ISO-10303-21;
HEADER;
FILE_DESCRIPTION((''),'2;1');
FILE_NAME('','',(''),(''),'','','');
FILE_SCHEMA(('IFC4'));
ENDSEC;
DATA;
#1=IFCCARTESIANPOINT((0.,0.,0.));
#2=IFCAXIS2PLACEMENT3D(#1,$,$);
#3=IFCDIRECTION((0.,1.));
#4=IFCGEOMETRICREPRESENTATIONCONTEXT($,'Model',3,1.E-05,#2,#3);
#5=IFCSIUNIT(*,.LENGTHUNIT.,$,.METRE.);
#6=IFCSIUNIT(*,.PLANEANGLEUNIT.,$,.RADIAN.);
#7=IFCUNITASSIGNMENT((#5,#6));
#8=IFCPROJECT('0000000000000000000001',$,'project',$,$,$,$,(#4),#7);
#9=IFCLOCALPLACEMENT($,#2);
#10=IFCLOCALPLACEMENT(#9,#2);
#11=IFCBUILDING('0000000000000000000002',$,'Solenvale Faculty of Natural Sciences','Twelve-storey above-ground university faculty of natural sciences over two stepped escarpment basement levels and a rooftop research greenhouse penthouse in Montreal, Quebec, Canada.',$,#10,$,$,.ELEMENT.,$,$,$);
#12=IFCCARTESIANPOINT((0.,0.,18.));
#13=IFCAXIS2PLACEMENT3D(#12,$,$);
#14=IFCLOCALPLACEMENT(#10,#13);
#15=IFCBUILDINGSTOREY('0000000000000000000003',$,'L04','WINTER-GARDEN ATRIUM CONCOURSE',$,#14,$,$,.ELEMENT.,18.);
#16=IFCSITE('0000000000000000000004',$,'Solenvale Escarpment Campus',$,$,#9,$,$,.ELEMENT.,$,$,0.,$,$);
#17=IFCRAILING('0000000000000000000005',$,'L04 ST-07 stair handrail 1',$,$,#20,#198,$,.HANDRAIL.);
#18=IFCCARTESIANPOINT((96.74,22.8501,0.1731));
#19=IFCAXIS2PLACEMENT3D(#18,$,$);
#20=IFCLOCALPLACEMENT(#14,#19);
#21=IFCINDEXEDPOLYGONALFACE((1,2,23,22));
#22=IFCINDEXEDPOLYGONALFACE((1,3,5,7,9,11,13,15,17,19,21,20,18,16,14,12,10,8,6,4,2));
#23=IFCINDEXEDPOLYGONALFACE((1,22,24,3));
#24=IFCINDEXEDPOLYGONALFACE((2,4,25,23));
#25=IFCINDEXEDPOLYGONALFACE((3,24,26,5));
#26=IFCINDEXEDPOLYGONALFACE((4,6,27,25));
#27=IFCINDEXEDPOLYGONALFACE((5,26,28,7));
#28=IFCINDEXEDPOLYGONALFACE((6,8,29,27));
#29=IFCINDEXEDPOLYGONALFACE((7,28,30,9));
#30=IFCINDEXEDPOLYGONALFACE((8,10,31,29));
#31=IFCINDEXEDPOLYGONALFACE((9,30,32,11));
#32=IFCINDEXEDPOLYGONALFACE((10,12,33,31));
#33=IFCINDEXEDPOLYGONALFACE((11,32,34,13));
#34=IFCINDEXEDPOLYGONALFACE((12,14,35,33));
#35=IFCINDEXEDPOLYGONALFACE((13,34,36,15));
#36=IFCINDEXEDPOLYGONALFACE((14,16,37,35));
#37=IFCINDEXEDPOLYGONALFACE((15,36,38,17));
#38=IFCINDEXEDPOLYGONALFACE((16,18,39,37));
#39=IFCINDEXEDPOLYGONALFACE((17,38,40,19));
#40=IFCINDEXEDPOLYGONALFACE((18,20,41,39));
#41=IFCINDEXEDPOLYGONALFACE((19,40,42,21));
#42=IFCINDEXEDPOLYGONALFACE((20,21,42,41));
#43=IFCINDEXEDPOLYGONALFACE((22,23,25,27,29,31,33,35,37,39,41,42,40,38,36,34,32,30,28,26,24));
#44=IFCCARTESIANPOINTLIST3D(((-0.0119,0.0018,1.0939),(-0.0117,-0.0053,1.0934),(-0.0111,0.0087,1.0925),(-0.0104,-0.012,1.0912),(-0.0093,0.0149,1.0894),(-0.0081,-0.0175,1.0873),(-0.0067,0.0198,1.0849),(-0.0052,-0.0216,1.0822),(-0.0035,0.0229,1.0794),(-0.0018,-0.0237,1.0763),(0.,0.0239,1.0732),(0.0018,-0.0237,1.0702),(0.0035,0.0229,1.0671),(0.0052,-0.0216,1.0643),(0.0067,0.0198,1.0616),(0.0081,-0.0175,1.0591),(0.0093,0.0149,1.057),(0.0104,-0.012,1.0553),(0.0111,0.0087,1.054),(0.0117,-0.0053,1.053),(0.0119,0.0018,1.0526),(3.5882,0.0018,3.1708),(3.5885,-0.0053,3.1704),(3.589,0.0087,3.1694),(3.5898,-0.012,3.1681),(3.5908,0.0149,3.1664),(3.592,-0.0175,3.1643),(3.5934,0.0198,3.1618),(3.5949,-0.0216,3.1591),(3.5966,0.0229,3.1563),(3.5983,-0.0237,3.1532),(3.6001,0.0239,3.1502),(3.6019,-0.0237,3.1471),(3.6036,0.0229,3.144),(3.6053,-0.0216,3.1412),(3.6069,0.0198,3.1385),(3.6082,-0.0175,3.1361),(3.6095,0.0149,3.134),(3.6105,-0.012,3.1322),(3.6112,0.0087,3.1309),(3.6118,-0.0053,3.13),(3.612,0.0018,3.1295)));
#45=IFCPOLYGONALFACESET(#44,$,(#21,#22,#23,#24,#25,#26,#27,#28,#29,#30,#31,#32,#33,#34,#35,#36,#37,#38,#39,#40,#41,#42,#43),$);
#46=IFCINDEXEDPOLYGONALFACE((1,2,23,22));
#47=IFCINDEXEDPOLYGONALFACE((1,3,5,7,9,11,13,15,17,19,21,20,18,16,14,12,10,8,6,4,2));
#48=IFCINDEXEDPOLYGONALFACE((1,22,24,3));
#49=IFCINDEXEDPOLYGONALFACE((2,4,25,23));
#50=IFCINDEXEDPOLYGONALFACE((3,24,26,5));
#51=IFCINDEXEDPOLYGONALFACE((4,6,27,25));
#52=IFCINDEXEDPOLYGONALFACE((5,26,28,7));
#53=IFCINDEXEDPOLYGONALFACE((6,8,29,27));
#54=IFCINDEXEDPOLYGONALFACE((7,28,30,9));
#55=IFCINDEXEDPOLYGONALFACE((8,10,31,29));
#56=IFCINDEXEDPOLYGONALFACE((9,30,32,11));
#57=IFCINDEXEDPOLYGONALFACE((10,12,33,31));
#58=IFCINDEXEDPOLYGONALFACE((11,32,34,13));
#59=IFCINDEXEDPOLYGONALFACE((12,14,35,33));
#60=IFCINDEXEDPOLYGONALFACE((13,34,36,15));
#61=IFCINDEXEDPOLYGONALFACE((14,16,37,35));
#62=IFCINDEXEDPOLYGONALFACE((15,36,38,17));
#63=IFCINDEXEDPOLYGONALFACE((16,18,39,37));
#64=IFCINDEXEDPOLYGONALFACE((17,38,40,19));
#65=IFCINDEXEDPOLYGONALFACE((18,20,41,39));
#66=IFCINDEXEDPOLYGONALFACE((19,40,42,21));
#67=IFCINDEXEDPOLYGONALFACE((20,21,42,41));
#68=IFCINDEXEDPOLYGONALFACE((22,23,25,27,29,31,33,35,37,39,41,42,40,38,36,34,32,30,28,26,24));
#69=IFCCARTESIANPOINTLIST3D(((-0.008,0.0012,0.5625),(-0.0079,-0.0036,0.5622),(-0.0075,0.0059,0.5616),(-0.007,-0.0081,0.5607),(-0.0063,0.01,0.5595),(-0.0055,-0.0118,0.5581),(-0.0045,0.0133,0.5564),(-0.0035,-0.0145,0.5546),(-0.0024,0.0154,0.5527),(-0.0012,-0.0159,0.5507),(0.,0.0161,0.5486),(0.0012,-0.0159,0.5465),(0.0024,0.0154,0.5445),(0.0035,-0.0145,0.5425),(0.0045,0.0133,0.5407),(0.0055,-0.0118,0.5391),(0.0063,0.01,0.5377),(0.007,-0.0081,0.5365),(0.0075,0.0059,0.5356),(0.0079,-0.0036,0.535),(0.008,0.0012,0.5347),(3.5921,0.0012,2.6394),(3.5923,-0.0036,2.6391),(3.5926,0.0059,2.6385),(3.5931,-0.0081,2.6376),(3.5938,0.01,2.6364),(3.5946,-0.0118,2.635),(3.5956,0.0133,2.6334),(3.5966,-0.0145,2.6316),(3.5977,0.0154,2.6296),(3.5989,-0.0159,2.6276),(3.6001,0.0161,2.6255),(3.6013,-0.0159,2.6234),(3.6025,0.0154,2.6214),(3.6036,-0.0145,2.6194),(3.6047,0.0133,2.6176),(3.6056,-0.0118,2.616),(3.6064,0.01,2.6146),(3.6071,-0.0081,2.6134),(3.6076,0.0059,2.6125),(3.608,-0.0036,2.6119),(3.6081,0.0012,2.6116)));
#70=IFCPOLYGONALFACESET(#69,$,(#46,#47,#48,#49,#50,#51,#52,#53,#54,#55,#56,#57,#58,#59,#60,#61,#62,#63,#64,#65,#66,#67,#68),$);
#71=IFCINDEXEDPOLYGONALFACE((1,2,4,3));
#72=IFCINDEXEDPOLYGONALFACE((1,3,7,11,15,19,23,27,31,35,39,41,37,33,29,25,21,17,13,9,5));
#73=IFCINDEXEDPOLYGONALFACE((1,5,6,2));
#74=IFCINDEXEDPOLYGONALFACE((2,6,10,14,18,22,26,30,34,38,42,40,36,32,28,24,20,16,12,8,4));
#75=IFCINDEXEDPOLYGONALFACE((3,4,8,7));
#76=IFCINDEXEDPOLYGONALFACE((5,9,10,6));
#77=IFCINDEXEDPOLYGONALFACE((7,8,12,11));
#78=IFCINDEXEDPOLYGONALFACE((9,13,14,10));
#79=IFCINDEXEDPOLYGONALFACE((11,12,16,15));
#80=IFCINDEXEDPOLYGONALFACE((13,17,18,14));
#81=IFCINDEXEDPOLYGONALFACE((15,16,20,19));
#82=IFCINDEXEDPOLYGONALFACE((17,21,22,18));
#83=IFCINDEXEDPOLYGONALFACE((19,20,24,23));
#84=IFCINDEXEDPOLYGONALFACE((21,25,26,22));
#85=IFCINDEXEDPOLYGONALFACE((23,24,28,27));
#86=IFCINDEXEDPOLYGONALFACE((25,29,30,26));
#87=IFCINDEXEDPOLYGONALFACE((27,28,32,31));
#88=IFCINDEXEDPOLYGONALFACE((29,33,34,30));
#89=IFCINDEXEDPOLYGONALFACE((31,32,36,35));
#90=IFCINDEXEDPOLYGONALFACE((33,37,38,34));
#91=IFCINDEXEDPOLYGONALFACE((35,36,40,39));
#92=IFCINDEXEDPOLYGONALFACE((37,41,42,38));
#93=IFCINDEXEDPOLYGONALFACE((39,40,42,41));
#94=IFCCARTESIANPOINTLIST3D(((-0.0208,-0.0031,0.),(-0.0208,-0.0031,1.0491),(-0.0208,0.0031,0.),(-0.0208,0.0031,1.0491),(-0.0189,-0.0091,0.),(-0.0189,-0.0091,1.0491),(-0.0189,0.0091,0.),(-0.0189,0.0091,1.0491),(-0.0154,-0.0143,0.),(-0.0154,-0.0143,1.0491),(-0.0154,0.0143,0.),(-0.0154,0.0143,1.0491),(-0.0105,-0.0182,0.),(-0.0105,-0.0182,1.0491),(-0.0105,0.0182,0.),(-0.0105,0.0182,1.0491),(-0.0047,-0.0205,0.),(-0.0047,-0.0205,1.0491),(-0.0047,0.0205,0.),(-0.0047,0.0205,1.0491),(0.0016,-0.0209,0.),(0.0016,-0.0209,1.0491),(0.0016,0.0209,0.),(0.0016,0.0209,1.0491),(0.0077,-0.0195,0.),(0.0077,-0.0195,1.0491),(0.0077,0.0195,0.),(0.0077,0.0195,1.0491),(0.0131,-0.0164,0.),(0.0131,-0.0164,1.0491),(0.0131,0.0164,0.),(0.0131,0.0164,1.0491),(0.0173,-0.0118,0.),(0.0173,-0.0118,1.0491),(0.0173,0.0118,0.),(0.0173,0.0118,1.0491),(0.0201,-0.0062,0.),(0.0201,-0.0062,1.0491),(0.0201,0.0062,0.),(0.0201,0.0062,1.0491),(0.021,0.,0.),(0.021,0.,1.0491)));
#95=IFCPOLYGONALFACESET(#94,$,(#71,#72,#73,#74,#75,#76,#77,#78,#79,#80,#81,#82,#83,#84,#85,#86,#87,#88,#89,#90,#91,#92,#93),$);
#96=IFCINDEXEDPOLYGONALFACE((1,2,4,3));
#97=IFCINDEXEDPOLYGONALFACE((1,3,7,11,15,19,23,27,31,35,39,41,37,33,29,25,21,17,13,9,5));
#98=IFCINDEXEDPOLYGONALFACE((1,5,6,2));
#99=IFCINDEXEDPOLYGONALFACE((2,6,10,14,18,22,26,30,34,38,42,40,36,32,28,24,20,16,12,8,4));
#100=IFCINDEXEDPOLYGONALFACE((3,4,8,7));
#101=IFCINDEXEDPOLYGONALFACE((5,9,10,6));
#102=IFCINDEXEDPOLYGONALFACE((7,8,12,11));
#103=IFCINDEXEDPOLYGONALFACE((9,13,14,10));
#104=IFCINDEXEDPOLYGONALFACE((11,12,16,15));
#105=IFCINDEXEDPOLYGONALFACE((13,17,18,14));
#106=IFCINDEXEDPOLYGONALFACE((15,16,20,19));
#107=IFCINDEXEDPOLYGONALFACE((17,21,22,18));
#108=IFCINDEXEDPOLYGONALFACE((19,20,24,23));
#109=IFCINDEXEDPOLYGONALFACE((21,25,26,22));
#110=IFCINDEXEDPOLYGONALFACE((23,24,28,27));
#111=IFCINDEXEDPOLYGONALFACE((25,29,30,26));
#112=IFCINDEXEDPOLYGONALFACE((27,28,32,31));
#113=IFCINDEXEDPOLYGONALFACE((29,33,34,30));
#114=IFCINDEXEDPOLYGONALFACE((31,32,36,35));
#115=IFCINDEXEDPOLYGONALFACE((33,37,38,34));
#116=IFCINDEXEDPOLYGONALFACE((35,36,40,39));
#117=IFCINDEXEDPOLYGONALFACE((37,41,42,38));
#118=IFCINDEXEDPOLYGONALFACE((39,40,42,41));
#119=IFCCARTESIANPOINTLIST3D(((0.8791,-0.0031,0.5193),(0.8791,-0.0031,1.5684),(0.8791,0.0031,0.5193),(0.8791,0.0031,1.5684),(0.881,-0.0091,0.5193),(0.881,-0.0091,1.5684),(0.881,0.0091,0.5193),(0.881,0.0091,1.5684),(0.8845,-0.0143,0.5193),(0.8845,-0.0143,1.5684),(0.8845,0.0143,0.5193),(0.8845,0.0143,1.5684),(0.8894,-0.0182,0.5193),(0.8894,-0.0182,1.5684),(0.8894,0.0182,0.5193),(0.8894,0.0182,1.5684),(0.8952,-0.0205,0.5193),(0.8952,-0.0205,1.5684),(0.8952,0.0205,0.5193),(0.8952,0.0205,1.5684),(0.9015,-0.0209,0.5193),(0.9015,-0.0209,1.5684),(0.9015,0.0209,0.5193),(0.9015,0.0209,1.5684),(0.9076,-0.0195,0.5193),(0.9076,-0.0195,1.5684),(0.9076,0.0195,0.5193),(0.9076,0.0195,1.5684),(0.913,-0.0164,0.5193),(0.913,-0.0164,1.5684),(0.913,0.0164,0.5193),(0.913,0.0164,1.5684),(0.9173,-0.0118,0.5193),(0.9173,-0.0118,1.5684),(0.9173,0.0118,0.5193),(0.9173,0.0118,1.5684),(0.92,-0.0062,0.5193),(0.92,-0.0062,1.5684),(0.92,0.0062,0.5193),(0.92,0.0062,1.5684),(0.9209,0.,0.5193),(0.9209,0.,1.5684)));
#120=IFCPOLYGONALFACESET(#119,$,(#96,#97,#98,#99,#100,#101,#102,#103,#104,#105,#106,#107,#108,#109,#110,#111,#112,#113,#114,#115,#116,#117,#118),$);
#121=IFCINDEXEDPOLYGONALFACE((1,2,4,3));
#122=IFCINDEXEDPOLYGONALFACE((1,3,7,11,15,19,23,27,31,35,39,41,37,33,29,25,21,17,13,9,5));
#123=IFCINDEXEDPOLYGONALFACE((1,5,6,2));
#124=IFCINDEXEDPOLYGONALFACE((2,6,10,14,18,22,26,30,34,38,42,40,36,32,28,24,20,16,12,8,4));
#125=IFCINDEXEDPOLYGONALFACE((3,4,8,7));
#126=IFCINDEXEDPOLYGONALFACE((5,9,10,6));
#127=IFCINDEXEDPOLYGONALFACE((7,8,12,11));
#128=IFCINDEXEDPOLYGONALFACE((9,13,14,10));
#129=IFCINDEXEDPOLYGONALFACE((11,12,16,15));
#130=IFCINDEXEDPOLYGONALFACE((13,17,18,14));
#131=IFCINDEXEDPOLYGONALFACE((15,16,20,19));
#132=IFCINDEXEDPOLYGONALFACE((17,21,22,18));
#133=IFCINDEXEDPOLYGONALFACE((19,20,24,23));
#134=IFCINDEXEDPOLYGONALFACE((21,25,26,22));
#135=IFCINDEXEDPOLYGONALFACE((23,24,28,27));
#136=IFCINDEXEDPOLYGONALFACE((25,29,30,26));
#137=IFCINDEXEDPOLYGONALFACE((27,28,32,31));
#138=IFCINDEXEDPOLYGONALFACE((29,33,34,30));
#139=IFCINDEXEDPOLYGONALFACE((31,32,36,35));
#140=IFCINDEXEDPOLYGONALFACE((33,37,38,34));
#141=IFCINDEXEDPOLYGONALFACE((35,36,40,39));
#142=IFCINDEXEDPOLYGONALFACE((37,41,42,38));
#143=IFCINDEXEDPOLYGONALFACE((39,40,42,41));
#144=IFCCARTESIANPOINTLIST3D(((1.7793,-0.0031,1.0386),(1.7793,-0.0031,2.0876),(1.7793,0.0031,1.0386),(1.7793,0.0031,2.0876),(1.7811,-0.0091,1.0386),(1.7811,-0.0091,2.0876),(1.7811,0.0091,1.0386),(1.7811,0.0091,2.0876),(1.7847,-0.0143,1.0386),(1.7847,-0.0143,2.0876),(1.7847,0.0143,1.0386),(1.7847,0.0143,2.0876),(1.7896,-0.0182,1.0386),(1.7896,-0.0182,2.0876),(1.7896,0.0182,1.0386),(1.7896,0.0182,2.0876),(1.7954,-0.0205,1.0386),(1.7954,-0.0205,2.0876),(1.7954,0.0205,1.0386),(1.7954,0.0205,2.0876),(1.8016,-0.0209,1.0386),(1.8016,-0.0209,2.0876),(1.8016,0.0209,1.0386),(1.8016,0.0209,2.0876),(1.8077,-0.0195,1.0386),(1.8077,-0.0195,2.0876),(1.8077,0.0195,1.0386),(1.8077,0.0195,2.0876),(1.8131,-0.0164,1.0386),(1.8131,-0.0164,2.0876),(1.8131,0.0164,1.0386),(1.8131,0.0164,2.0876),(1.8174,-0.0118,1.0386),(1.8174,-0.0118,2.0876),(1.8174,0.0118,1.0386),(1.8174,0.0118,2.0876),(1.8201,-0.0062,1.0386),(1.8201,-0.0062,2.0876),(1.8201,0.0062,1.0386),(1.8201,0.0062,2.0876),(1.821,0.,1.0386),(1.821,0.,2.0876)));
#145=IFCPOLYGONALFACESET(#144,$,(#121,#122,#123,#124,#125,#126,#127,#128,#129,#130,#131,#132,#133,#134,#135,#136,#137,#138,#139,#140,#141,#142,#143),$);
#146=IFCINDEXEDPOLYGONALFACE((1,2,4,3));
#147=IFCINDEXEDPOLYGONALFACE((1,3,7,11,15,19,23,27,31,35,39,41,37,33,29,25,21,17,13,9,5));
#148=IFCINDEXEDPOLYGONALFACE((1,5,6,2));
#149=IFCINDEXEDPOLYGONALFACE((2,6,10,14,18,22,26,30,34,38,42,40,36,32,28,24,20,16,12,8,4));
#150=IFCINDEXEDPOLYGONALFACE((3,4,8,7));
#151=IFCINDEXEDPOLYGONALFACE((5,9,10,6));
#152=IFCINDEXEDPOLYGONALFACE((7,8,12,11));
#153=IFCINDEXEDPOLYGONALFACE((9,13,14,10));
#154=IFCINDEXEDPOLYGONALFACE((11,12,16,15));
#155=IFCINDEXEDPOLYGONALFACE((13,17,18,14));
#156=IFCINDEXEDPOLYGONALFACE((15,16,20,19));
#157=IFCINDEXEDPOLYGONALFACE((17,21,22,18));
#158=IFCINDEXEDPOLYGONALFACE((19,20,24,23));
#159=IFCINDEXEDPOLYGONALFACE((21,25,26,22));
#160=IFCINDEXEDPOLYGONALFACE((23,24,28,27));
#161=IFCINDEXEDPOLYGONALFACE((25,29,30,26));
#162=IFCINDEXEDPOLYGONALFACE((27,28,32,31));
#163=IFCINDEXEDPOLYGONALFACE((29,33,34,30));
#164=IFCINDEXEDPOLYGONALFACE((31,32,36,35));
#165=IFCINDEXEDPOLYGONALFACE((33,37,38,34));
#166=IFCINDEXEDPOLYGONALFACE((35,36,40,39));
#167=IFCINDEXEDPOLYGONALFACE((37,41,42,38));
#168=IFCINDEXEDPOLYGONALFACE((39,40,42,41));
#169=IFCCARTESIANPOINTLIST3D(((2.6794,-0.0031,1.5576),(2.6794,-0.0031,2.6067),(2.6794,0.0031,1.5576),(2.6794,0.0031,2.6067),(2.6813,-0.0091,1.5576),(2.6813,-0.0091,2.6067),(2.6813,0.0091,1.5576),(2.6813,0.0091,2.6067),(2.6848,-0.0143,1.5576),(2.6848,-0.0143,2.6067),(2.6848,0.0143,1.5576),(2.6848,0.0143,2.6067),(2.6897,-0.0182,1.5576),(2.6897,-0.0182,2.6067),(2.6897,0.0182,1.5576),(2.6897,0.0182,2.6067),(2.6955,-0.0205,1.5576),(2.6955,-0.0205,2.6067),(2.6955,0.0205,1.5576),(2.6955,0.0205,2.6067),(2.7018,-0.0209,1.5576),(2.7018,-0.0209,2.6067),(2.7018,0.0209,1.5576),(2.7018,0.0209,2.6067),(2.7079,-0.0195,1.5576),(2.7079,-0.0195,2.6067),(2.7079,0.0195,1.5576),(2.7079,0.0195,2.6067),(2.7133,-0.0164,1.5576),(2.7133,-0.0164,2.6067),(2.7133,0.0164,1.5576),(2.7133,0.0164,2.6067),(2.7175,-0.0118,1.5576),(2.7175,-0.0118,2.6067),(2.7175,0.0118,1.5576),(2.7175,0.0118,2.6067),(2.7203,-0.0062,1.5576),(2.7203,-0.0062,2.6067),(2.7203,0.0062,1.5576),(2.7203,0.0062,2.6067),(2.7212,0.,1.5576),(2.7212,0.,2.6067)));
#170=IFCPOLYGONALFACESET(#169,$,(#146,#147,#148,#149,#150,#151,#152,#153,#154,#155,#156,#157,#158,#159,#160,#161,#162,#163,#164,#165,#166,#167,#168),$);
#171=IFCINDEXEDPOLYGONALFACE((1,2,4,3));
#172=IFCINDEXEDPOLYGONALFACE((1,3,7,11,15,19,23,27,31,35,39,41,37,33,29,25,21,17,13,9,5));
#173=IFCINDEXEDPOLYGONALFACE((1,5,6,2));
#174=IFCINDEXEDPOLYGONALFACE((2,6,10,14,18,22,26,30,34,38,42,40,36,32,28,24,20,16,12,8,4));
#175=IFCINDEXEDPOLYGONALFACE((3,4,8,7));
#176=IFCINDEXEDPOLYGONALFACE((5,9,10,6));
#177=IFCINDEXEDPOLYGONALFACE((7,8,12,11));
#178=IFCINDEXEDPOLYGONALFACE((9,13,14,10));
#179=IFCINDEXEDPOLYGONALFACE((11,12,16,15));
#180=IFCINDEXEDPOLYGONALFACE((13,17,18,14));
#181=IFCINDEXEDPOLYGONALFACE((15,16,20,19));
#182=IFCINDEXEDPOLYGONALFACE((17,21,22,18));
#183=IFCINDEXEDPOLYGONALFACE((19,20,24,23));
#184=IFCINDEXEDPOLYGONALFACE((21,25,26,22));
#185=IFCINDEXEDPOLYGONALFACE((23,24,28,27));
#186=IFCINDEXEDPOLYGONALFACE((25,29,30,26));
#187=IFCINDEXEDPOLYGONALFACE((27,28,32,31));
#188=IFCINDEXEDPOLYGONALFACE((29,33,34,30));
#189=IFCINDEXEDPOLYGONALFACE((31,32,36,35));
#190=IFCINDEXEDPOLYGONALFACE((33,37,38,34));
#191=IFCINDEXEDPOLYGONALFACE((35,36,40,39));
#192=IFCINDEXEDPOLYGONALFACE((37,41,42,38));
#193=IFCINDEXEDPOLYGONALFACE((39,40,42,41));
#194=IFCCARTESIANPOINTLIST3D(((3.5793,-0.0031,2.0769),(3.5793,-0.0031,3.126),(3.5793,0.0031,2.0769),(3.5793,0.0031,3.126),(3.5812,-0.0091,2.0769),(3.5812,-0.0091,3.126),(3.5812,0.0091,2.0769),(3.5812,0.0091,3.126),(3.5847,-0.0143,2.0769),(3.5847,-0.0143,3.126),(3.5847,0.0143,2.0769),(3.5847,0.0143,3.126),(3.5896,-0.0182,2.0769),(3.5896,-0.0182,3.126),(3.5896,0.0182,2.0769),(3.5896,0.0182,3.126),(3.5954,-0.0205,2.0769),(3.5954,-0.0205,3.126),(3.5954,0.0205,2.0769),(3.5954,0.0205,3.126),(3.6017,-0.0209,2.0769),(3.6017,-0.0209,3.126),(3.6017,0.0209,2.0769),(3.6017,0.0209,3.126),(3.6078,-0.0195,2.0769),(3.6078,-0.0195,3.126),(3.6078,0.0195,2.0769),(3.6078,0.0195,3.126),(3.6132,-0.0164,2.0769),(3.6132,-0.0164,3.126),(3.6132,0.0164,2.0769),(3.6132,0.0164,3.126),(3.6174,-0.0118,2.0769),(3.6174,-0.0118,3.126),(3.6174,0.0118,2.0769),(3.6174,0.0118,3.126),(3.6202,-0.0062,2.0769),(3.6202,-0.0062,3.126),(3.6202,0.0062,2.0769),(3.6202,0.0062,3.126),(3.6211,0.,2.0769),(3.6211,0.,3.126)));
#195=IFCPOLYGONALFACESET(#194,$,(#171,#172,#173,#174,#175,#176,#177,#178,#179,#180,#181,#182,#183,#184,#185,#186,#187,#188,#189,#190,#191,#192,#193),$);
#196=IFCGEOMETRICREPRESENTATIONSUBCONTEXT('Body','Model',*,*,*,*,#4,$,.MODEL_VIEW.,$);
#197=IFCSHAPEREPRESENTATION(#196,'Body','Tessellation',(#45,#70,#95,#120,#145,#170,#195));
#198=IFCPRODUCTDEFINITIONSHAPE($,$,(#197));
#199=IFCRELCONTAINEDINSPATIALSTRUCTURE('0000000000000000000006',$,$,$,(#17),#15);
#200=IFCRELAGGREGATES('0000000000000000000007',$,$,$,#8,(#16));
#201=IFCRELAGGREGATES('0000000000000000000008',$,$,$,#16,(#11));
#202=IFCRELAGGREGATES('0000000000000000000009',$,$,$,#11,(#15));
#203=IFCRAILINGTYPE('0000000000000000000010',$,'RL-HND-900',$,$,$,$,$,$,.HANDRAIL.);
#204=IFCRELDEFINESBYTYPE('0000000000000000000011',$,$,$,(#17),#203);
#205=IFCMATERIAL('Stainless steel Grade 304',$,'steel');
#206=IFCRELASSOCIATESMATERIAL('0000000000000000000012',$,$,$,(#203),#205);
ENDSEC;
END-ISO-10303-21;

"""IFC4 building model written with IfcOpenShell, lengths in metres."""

from ifc_helpers import new_model, si_unit, direction, frame, origin, origin_2d, place, context, subcontext, project, spatial, circle, extrude, material, type_object, element, save


model = new_model("IFC4")

# Units and contexts
model_context = context("Model", 3, precision=1e-05, world=origin(), true_north=direction((0.0, 1.0)))
body_context = subcontext(model_context, "Body", "Model", "MODEL_VIEW")
ifc_project = project(units=[si_unit("LENGTHUNIT", "METRE"), si_unit("PLANEANGLEUNIT", "RADIAN")], contexts=[model_context])

# Site, building, storey
site_placement = place(None, origin())
site = spatial("IfcSite", under=ifc_project, at=site_placement, Name="Solenvale Escarpment Campus", CompositionType="ELEMENT", RefElevation=0.0)
building_placement = place(site_placement, origin())
building = spatial("IfcBuilding", under=site, at=building_placement, Name="Solenvale Faculty of Natural Sciences", Description="Twelve-storey above-ground university faculty of natural sciences over two stepped escarpment basement levels and a rooftop research greenhouse penthouse in Montreal, Quebec, Canada.", CompositionType="ELEMENT")
storey_placement = place(building_placement, frame((0.0, 0.0, 18.0)))
storey = spatial("IfcBuildingStorey", under=building, at=storey_placement, Name="L04", Description="WINTER-GARDEN ATRIUM CONCOURSE", CompositionType="ELEMENT", Elevation=18.0)

# Railing
ifc_material_1 = material(Name="Stainless steel Grade 304", Category="steel")
railing_type_1 = type_object("IfcRailingType", Name="RL-HND-900", PredefinedType="HANDRAIL", material=ifc_material_1)
railing_1_placement = place(storey_placement, frame((96.74, 22.8501, 0.1731)))
element("IfcRailing", 1, at=railing_1_placement, inside=storey, type_object=railing_type_1, Name="L04 ST-07 stair handrail 1", PredefinedType="HANDRAIL", context=body_context, shape_type="SweptSolid", body=[
    extrude(circle(Radius=0.0239, at=origin_2d()), frame((0.0, 0.0, 1.0732), z_axis=(0.866193, 0.0, 0.499709), x_axis=(0.0, 1.0, 0.0)), (0.0, 0.0, 1.0), 4.1562),
    extrude(circle(Radius=0.0161, at=origin_2d()), frame((0.0, 0.0, 0.5486), z_axis=(0.866193, 0.0, 0.499709), x_axis=(0.0, 1.0, 0.0)), (0.0, 0.0, 1.0), 4.1562),
    extrude(circle(Radius=0.021, at=origin_2d()), origin(), (0.0, 0.0, 1.0), 1.0491),
    extrude(circle(Radius=0.021, at=origin_2d()), frame((0.8999, 0.0, 0.5193)), (0.0, 0.0, 1.0), 1.0491),
    extrude(circle(Radius=0.021, at=origin_2d()), frame((1.8, 0.0, 1.0386)), (0.0, 0.0, 1.0), 1.0491),
    extrude(circle(Radius=0.021, at=origin_2d()), frame((2.7002, 0.0, 1.5576)), (0.0, 0.0, 1.0), 1.0491),
    extrude(circle(Radius=0.021, at=origin_2d()), frame((3.6001, 0.0, 2.0769)), (0.0, 0.0, 1.0), 1.0491),
])

save(model, "model.ifc")
